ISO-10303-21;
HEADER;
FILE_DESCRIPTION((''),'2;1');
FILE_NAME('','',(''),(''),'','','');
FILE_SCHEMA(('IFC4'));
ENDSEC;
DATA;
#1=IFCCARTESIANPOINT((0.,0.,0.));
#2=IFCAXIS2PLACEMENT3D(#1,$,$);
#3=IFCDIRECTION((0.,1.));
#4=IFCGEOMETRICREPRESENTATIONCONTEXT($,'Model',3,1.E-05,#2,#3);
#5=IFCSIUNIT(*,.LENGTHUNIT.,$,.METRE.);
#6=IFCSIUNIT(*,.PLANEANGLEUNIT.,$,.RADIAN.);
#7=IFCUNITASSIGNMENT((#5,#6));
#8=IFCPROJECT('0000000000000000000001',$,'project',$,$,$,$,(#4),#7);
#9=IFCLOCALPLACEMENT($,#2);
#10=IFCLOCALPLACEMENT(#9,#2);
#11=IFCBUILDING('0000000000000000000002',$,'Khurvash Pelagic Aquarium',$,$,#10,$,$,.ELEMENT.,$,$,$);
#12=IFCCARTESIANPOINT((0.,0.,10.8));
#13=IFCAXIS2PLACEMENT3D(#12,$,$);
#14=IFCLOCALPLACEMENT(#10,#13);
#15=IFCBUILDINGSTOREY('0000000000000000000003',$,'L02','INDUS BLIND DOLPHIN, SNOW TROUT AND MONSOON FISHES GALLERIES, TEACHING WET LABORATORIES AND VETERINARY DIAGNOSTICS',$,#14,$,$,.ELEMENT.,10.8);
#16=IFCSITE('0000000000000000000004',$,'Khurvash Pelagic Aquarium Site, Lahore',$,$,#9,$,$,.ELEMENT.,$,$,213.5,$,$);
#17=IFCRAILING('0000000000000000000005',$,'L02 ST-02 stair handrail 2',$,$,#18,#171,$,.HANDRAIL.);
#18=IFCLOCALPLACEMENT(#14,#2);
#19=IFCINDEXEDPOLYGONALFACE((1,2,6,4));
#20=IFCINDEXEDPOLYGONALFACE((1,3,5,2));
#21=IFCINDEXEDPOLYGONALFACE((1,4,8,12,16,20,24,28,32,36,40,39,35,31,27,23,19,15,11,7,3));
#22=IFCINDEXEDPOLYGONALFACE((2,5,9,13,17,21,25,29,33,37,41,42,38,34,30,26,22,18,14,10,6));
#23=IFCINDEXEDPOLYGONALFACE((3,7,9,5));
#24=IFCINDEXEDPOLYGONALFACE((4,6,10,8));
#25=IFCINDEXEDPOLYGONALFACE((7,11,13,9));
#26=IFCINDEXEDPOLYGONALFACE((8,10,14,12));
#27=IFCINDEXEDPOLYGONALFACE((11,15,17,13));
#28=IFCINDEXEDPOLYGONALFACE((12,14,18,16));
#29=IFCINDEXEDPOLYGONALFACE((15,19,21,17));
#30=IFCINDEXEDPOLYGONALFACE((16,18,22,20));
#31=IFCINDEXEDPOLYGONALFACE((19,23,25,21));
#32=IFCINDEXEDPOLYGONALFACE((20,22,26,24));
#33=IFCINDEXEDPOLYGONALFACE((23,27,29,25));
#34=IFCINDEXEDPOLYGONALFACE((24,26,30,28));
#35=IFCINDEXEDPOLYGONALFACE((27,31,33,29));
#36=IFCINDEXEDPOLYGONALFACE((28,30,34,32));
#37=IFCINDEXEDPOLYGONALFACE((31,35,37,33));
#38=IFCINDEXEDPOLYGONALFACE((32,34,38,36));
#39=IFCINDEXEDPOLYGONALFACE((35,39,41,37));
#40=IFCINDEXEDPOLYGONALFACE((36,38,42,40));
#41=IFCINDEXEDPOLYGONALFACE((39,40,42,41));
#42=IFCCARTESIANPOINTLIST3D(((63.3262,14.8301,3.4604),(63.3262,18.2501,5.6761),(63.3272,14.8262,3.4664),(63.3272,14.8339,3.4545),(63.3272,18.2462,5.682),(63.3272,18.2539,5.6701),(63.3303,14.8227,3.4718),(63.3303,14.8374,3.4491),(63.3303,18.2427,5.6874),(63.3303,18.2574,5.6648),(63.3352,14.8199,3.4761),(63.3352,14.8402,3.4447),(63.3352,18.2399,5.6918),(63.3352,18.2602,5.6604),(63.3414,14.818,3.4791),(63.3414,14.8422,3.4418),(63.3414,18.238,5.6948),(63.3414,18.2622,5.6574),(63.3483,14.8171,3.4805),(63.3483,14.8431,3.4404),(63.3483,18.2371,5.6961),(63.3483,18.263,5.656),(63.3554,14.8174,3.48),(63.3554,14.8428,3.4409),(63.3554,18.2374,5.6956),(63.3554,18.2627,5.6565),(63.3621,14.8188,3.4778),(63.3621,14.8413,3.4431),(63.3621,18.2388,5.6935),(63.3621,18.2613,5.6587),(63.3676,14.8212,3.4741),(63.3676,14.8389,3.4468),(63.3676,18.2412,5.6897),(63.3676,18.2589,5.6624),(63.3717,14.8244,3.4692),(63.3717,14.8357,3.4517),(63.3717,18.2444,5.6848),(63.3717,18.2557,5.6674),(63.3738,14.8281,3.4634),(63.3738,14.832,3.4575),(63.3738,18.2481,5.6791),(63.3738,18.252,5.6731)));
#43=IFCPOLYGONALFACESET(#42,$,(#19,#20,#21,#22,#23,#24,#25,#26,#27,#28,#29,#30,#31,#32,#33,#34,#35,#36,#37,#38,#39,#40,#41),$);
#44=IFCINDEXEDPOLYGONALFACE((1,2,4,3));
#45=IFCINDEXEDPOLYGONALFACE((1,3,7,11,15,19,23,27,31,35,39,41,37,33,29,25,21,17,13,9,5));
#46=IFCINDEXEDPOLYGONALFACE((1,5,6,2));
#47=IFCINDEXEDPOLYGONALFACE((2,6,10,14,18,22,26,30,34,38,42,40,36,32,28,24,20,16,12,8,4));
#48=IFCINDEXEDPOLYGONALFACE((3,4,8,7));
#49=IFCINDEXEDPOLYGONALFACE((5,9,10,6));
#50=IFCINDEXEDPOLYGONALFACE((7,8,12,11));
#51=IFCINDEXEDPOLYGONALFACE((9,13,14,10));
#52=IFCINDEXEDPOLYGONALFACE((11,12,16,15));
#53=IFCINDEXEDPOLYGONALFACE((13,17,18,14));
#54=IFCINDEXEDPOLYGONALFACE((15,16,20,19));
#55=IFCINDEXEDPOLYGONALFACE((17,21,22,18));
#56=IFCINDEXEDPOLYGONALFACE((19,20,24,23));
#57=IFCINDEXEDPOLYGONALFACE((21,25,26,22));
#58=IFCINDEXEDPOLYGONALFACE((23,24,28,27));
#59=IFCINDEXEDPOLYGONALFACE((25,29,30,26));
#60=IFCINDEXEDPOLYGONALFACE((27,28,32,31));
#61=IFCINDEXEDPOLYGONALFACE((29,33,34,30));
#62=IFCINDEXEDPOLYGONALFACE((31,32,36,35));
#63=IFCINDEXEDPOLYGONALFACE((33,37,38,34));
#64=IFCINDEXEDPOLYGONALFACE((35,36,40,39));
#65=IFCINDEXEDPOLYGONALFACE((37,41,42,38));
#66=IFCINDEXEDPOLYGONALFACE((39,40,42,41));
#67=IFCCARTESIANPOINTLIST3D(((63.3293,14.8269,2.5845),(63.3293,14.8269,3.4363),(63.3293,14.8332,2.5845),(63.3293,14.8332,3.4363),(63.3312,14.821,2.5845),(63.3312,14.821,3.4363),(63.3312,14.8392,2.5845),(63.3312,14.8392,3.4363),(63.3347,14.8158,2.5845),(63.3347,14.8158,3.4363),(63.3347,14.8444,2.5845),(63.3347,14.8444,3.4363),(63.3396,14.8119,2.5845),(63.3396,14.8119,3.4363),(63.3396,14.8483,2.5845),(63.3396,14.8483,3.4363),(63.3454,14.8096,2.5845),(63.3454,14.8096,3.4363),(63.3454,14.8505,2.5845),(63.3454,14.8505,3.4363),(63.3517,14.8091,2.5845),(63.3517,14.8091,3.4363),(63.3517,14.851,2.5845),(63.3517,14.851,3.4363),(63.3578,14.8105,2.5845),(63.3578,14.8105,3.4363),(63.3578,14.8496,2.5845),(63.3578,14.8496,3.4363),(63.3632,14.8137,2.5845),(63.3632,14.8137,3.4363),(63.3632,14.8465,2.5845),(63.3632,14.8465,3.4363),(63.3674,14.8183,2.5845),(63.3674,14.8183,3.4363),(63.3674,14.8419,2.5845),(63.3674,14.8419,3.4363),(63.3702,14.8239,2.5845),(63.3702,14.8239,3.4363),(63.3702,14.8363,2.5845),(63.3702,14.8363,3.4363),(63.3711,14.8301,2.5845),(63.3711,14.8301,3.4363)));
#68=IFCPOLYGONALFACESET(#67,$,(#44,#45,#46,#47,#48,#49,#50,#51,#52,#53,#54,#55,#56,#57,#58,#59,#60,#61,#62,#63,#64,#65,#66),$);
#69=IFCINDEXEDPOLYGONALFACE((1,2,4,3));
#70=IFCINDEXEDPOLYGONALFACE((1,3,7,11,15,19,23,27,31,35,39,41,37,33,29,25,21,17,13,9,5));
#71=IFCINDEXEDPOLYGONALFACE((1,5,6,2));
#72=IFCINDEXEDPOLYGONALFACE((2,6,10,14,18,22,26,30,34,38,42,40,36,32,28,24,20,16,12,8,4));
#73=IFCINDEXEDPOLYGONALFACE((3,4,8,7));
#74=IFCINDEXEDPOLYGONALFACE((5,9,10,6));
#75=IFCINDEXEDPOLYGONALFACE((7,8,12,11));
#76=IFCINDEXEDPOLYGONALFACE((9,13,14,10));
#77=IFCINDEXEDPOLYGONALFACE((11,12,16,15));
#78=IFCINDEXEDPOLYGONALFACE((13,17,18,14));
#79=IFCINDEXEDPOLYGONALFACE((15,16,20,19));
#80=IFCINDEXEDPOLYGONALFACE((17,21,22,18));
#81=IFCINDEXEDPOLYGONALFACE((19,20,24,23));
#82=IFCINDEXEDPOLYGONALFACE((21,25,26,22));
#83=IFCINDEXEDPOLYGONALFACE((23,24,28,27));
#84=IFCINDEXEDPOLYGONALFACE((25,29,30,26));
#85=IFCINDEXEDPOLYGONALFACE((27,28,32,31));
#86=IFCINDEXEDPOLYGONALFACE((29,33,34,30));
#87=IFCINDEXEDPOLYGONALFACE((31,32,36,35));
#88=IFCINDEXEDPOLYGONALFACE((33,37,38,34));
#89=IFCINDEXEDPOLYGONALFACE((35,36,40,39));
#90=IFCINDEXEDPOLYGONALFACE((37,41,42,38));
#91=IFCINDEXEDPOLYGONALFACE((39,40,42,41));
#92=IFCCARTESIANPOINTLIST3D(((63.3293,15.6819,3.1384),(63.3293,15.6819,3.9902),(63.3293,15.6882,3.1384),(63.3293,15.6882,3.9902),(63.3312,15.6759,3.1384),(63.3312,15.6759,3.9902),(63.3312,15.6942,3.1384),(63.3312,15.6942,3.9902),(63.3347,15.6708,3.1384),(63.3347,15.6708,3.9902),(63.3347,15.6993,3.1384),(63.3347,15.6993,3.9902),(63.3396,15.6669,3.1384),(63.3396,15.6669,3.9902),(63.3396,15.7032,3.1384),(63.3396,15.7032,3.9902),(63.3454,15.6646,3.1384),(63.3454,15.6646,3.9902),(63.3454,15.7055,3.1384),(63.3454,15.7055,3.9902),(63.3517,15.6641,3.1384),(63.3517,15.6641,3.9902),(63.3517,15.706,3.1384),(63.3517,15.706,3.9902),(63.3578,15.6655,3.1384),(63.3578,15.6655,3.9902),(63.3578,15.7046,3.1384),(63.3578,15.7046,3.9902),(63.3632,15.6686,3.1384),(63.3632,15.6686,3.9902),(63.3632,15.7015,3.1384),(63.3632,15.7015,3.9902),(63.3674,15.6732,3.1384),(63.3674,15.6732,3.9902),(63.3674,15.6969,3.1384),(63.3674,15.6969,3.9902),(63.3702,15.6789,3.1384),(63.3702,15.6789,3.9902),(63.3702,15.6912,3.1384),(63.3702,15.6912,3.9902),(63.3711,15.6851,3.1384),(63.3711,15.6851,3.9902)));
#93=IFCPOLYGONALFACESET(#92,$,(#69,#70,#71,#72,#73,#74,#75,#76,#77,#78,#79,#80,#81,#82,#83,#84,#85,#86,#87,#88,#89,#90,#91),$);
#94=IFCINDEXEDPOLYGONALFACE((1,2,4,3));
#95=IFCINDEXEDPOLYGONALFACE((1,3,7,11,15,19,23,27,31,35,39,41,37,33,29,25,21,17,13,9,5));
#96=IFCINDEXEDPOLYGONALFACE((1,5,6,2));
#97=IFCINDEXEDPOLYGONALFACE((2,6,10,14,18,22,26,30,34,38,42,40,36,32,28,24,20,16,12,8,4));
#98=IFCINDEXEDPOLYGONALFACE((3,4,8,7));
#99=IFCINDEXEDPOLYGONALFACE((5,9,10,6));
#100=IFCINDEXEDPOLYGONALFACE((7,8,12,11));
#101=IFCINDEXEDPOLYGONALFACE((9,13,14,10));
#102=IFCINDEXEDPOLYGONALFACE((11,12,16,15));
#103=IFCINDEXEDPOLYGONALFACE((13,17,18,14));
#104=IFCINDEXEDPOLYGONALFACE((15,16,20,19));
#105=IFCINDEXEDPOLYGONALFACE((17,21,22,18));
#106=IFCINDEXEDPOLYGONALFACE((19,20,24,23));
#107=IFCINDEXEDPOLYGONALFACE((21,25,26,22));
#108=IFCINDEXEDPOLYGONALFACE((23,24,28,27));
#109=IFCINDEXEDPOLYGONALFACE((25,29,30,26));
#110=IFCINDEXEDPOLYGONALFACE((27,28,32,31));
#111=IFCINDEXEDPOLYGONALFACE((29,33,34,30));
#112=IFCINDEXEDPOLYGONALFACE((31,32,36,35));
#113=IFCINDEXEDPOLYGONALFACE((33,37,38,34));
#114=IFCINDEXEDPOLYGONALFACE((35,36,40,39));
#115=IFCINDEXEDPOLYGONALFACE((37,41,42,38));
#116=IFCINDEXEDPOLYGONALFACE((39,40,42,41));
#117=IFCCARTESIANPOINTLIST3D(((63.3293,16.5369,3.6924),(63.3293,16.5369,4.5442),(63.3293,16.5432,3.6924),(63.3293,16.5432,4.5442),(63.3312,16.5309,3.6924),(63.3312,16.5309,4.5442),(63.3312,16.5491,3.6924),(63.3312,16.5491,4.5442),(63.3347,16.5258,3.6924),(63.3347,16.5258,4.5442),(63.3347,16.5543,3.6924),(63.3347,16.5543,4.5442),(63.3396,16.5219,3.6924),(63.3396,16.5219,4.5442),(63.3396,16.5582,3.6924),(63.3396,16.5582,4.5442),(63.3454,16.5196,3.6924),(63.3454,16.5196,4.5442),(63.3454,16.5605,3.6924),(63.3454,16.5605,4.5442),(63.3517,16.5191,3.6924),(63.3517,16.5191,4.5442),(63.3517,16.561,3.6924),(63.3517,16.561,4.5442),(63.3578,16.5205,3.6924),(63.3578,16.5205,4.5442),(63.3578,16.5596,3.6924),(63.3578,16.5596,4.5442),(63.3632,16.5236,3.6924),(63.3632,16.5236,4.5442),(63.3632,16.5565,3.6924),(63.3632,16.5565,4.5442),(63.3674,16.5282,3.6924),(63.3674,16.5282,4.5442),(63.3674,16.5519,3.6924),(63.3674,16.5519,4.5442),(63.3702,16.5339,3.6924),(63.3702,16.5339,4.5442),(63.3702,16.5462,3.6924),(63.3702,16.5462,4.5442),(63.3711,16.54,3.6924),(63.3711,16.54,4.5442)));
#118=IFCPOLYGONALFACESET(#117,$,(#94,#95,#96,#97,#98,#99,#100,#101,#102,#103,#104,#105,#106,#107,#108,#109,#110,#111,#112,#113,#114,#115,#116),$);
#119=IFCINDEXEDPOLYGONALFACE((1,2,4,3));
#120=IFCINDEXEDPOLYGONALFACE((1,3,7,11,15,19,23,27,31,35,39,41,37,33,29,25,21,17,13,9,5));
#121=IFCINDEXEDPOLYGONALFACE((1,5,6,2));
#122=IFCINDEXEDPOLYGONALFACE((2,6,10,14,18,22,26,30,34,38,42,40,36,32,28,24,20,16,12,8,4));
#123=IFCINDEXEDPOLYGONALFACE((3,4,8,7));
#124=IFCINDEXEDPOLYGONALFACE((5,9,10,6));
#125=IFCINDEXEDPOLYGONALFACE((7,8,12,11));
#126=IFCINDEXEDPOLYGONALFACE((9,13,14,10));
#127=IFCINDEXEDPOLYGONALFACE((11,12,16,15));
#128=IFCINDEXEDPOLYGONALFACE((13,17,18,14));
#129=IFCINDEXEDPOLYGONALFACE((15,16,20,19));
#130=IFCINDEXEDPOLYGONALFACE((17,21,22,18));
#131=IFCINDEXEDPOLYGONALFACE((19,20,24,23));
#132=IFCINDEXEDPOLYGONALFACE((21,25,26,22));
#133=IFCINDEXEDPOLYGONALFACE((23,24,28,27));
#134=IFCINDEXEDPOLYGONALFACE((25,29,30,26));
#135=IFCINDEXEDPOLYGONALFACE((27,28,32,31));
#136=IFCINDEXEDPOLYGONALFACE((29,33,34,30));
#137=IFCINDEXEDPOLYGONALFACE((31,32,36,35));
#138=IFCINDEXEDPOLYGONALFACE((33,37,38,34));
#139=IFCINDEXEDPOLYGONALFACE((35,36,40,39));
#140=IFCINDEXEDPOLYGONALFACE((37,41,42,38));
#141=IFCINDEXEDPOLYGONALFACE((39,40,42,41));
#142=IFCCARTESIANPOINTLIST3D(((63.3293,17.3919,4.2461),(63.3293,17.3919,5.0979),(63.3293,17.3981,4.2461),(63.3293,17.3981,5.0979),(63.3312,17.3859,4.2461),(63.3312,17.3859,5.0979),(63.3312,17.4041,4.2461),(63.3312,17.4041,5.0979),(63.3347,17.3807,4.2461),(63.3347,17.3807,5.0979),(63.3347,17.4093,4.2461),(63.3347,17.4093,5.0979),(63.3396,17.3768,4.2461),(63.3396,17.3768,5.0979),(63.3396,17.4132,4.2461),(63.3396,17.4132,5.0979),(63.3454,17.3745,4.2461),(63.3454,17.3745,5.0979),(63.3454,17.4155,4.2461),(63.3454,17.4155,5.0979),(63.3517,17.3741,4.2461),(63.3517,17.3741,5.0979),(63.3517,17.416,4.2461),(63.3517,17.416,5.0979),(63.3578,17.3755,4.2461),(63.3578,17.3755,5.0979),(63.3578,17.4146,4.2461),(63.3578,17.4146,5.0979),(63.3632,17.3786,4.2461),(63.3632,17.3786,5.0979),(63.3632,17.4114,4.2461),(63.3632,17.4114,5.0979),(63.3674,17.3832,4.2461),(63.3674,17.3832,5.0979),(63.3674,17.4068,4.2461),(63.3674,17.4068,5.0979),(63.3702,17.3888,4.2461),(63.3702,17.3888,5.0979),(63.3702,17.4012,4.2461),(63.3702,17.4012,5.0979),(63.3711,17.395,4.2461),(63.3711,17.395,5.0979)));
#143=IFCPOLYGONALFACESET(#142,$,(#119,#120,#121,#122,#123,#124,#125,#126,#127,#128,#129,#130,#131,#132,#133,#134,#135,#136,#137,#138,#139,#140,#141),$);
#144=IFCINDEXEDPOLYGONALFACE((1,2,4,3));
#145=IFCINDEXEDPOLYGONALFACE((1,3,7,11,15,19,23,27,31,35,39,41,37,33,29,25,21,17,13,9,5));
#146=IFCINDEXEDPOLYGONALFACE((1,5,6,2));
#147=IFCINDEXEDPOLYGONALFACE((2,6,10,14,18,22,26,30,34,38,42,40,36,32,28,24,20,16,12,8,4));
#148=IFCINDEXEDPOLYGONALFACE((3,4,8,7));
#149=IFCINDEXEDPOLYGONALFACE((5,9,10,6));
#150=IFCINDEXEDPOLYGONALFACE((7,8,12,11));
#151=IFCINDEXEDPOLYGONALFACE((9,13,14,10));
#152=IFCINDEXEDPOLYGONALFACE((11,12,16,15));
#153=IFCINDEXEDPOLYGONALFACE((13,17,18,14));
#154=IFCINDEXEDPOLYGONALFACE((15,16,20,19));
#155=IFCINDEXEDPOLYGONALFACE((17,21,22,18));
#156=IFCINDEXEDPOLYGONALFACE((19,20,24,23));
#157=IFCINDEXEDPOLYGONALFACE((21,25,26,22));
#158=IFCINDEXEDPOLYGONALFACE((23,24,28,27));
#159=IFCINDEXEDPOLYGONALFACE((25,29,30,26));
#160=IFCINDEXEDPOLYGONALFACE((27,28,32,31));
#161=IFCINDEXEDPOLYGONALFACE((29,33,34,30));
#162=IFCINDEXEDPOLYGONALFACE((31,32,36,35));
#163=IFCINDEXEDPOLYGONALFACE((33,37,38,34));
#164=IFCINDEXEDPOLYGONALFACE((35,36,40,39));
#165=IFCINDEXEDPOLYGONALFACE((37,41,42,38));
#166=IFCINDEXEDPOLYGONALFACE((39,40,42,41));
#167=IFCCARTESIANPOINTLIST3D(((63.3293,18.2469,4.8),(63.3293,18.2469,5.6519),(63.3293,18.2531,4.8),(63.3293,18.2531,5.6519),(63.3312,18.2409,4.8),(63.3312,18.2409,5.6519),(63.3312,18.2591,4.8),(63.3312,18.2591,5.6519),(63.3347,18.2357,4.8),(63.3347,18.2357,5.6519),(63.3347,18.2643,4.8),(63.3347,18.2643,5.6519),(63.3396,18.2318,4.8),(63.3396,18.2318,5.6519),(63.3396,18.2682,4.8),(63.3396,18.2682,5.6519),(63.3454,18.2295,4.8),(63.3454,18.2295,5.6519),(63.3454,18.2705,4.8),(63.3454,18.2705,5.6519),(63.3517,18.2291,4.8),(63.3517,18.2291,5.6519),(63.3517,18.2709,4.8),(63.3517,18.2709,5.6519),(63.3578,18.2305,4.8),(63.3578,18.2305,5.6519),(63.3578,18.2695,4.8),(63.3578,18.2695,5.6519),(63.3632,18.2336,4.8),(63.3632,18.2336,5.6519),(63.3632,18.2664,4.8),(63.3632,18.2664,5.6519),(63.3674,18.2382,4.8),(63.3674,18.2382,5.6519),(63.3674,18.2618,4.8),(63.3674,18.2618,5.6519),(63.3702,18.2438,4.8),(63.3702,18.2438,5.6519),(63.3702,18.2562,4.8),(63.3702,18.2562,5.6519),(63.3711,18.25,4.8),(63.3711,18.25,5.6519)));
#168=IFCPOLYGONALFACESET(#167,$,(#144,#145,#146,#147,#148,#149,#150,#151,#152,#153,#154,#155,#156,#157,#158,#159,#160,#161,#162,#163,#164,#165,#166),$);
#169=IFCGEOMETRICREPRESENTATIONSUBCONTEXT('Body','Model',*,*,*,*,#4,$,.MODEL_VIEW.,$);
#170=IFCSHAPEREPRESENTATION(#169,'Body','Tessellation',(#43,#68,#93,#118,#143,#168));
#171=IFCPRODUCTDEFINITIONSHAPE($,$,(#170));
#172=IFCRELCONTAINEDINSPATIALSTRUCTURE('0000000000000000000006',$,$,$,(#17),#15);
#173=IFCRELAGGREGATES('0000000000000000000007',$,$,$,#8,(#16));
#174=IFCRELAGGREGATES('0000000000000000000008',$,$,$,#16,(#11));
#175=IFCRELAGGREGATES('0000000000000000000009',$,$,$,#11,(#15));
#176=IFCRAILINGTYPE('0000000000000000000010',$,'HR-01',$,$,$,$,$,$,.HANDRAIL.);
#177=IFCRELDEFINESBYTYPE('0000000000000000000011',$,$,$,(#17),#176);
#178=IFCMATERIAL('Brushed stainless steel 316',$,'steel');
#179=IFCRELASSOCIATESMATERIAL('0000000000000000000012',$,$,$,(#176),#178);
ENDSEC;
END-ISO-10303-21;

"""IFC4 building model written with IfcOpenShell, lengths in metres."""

from ifc_helpers import new_model, si_unit, direction, frame, origin, origin_2d, place, context, subcontext, project, spatial, circle, extrude, material, type_object, element, save


model = new_model("IFC4")

# Units and contexts
model_context = context("Model", 3, precision=1e-05, world=origin(), true_north=direction((0.0, 1.0)))
body_context = subcontext(model_context, "Body", "Model", "MODEL_VIEW")
ifc_project = project(units=[si_unit("LENGTHUNIT", "METRE"), si_unit("PLANEANGLEUNIT", "RADIAN")], contexts=[model_context])

# Site, building, storey
site_placement = place(None, origin())
site = spatial("IfcSite", under=ifc_project, at=site_placement, Name="Khurvash Pelagic Aquarium Site, Lahore", CompositionType="ELEMENT", RefElevation=213.5)
building_placement = place(site_placement, origin())
building = spatial("IfcBuilding", under=site, at=building_placement, Name="Khurvash Pelagic Aquarium", CompositionType="ELEMENT")
storey_placement = place(building_placement, frame((0.0, 0.0, 10.8)))
storey = spatial("IfcBuildingStorey", under=building, at=storey_placement, Name="L02", Description="INDUS BLIND DOLPHIN, SNOW TROUT AND MONSOON FISHES GALLERIES, TEACHING WET LABORATORIES AND VETERINARY DIAGNOSTICS", CompositionType="ELEMENT", Elevation=10.8)

# Railing
ifc_material_1 = material(Name="Brushed stainless steel 316", Category="steel")
railing_type_1 = type_object("IfcRailingType", Name="HR-01", PredefinedType="HANDRAIL", material=ifc_material_1)
railing_1_placement = place(storey_placement, frame((63.3501, 14.8301, 2.5845)))
element("IfcRailing", 1, at=railing_1_placement, inside=storey, type_object=railing_type_1, Name="L02 ST-02 stair handrail 2", PredefinedType="HANDRAIL", context=body_context, shape_type="SweptSolid", body=[
    extrude(circle(Radius=0.0239, at=origin_2d()), frame((0.0, 0.0, 0.876), z_axis=(0.0, 0.839269, 0.543716), x_axis=(-1.0, 0.0, 0.0)), (0.0, 0.0, 1.0), 4.075),
    extrude(circle(Radius=0.021, at=origin_2d()), origin(), (0.0, 0.0, 1.0), 0.8518),
    extrude(circle(Radius=0.021, at=origin_2d()), frame((0.0, 0.855, 0.554)), (0.0, 0.0, 1.0), 0.8518),
    extrude(circle(Radius=0.021, at=origin_2d()), frame((0.0, 1.71, 1.1079)), (0.0, 0.0, 1.0), 0.8518),
    extrude(circle(Radius=0.021, at=origin_2d()), frame((0.0, 2.5649, 1.6616)), (0.0, 0.0, 1.0), 0.8518),
    extrude(circle(Radius=0.021, at=origin_2d()), frame((0.0, 3.4199, 2.2156)), (0.0, 0.0, 1.0), 0.8518),
])

save(model, "model.ifc")
